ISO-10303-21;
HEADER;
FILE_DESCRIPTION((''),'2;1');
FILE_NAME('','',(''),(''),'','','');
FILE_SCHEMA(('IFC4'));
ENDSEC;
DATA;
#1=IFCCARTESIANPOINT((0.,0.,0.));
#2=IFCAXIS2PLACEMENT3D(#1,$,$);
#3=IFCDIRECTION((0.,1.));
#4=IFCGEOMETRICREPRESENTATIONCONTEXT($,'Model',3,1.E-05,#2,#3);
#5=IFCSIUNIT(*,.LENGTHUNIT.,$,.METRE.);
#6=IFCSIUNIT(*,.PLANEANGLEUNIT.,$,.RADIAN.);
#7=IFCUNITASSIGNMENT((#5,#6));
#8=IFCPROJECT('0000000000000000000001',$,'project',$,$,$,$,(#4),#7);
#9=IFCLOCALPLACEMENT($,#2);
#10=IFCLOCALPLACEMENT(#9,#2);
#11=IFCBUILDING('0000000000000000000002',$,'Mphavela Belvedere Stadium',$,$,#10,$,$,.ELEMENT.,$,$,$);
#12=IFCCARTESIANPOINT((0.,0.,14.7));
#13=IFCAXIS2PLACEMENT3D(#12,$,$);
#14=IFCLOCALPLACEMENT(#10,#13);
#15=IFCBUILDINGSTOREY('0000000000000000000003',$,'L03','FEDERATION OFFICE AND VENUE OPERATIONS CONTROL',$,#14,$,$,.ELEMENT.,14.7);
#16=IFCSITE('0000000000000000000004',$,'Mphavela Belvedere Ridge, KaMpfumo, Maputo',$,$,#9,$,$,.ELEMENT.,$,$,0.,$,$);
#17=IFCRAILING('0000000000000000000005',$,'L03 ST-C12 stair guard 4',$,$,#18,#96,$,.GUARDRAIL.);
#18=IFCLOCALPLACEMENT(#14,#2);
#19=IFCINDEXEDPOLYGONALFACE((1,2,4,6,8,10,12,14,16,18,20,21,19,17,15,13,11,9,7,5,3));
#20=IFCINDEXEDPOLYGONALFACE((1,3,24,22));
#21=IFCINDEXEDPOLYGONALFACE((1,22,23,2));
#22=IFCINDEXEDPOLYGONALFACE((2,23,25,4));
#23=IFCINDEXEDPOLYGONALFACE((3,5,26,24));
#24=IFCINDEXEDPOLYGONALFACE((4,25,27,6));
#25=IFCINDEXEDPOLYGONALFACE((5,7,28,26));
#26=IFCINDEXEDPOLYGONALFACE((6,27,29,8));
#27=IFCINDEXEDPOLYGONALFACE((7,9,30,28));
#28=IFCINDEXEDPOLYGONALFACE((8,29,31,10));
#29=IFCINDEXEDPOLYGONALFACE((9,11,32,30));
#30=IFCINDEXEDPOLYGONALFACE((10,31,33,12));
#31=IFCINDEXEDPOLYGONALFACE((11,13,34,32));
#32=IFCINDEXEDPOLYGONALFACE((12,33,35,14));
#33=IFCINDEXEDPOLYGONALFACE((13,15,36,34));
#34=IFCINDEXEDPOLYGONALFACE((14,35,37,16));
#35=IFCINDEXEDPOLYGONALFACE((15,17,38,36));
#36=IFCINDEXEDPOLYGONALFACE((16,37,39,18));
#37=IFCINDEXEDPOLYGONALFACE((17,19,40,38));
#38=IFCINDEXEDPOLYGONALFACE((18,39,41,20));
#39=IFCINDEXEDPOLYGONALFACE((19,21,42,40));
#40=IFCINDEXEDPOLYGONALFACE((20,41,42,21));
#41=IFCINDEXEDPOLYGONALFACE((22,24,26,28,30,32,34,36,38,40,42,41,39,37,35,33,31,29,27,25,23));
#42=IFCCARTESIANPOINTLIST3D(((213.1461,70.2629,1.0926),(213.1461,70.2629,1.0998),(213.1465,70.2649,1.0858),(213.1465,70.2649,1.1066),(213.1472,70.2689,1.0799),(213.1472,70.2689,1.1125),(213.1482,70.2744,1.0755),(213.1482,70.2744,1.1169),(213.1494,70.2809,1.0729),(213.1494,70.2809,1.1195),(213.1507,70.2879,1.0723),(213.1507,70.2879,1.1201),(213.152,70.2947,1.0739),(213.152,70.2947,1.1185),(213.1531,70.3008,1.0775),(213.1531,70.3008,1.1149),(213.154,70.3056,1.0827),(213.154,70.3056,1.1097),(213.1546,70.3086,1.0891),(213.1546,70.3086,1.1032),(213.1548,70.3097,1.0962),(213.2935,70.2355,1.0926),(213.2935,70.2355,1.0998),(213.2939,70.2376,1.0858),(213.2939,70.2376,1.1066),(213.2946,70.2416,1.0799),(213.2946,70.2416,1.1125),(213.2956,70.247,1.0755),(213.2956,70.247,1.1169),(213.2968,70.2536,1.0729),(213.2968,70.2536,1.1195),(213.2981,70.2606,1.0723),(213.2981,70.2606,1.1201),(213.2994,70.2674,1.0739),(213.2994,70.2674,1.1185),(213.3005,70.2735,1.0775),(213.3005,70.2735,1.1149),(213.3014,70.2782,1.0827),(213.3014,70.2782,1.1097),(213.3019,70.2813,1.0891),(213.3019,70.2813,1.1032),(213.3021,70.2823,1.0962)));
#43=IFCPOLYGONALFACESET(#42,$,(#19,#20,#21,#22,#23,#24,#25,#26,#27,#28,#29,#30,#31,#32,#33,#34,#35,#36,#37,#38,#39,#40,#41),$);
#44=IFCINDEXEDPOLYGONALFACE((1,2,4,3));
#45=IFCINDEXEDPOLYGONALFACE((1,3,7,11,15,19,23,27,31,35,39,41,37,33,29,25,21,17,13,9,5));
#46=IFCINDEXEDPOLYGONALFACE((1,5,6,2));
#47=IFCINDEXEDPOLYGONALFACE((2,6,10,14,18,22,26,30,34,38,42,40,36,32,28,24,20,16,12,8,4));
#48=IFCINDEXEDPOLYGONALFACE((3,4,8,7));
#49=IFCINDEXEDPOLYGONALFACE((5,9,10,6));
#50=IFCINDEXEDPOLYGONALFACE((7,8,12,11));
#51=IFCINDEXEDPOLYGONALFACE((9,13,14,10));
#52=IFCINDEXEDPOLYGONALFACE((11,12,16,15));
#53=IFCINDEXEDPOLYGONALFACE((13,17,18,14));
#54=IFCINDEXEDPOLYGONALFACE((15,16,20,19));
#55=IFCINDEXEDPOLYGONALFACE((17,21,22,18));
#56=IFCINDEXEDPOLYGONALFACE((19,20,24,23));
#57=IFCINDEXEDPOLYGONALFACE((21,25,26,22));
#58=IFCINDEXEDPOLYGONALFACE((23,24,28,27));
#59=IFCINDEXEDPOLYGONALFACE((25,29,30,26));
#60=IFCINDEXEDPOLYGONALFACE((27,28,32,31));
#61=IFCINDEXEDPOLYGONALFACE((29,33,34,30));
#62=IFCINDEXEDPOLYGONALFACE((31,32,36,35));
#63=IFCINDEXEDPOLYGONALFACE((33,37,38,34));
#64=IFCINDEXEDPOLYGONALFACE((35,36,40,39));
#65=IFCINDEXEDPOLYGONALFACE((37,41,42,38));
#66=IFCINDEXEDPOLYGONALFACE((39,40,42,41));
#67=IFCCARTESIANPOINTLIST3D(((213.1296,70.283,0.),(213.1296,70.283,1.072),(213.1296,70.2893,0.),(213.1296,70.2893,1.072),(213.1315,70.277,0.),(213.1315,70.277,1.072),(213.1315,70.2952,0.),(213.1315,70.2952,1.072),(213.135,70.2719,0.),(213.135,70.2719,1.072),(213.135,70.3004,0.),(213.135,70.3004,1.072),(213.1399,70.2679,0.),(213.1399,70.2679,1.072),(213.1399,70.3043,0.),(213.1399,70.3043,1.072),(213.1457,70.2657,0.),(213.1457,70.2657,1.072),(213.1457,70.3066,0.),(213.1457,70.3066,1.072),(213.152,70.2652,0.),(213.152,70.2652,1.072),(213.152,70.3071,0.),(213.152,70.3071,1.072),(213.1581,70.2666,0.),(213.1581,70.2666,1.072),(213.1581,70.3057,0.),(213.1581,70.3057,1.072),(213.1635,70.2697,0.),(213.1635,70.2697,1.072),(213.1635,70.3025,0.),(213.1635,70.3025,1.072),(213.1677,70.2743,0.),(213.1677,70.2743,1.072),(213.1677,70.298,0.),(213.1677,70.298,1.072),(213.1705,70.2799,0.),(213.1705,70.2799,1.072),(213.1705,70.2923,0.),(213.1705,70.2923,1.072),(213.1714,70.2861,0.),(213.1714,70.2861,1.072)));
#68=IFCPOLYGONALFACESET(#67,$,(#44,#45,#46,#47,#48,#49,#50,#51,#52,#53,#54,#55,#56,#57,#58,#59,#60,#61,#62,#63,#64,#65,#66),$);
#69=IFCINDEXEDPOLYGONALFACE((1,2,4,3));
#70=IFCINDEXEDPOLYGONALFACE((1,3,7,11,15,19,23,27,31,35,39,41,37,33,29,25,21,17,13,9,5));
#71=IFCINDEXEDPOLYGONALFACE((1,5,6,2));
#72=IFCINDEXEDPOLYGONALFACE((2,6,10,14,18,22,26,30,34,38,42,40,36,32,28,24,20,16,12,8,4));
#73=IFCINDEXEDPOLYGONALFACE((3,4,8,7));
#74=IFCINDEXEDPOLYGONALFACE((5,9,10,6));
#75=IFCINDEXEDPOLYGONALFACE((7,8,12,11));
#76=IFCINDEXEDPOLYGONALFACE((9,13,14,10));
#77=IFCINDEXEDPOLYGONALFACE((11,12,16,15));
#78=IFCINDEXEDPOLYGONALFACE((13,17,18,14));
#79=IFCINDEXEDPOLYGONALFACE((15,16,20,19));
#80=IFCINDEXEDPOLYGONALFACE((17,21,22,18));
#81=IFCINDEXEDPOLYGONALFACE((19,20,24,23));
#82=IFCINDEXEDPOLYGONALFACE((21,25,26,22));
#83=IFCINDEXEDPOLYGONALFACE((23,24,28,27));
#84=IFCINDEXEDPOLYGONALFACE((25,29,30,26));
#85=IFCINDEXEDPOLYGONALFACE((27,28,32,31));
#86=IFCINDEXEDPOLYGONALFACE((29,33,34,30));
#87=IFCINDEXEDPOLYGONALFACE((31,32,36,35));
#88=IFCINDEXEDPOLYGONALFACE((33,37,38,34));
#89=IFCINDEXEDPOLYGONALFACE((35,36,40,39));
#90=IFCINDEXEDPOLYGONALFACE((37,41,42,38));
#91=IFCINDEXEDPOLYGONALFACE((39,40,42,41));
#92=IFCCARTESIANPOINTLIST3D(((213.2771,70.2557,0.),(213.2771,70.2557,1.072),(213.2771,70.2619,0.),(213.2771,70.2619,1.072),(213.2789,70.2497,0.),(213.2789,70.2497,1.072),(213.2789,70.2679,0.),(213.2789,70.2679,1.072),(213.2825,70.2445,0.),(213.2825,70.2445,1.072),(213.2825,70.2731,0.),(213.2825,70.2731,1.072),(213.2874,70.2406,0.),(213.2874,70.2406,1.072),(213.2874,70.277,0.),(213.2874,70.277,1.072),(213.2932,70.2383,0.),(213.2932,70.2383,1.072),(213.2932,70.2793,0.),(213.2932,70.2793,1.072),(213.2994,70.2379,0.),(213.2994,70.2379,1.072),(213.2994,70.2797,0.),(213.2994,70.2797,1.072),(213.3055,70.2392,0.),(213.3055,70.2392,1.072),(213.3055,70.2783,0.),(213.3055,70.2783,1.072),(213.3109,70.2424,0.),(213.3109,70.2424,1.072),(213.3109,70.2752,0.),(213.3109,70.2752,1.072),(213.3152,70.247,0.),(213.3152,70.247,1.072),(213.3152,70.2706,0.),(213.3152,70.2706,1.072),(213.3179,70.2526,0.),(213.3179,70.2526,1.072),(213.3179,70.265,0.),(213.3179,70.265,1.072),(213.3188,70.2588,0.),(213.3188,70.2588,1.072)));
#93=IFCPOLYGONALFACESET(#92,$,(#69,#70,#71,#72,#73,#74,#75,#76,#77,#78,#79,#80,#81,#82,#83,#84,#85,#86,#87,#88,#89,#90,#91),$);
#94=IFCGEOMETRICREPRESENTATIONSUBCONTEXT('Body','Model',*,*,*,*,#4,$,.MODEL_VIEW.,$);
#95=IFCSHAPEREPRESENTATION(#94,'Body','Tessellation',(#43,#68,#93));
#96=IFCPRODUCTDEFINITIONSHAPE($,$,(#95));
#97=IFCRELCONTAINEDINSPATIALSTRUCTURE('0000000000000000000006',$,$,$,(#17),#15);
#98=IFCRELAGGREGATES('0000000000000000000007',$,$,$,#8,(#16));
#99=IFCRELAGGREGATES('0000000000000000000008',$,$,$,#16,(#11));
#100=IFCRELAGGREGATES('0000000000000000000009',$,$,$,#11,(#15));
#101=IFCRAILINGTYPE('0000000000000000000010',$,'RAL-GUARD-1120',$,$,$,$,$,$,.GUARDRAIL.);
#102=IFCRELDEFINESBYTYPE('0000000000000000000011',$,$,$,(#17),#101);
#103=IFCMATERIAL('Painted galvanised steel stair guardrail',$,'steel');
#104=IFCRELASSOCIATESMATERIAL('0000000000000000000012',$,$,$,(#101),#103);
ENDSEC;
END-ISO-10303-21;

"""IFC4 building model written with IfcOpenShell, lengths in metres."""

from ifc_helpers import new_model, si_unit, direction, frame, origin, origin_2d, place, context, subcontext, project, spatial, circle, extrude, material, type_object, element, save


model = new_model("IFC4")

# Units and contexts
model_context = context("Model", 3, precision=1e-05, world=origin(), true_north=direction((0.0, 1.0)))
body_context = subcontext(model_context, "Body", "Model", "MODEL_VIEW")
ifc_project = project(units=[si_unit("LENGTHUNIT", "METRE"), si_unit("PLANEANGLEUNIT", "RADIAN")], contexts=[model_context])

# Site, building, storey
site_placement = place(None, origin())
site = spatial("IfcSite", under=ifc_project, at=site_placement, Name="Mphavela Belvedere Ridge, KaMpfumo, Maputo", CompositionType="ELEMENT", RefElevation=0.0)
building_placement = place(site_placement, origin())
building = spatial("IfcBuilding", under=site, at=building_placement, Name="Mphavela Belvedere Stadium", CompositionType="ELEMENT")
storey_placement = place(building_placement, frame((0.0, 0.0, 14.7)))
storey = spatial("IfcBuildingStorey", under=building, at=storey_placement, Name="L03", Description="FEDERATION OFFICE AND VENUE OPERATIONS CONTROL", CompositionType="ELEMENT", Elevation=14.7)

# Railing
ifc_material_1 = material(Name="Painted galvanised steel stair guardrail", Category="steel")
railing_type_1 = type_object("IfcRailingType", Name="RAL-GUARD-1120", PredefinedType="GUARDRAIL", material=ifc_material_1)
railing_1_placement = place(storey_placement, frame((213.1504, 70.2861, 0.0)))
element("IfcRailing", 1, at=railing_1_placement, inside=storey, type_object=railing_type_1, Name="L03 ST-C12 stair guard 4", PredefinedType="GUARDRAIL", context=body_context, shape_type="SweptSolid", body=[
    extrude(circle(Radius=0.0239, at=origin_2d()), frame((0.0, 0.0, 1.0962), z_axis=(0.983239, -0.182322, 0.0), x_axis=(0.182322, 0.983239, 0.0)), (0.0, 0.0, 1.0), 0.1499),
    extrude(circle(Radius=0.021, at=origin_2d()), origin(), (0.0, 0.0, 1.0), 1.072),
    extrude(circle(Radius=0.021, at=origin_2d()), frame((0.1475, -0.0273, 0.0)), (0.0, 0.0, 1.0), 1.072),
])

save(model, "model.ifc")
